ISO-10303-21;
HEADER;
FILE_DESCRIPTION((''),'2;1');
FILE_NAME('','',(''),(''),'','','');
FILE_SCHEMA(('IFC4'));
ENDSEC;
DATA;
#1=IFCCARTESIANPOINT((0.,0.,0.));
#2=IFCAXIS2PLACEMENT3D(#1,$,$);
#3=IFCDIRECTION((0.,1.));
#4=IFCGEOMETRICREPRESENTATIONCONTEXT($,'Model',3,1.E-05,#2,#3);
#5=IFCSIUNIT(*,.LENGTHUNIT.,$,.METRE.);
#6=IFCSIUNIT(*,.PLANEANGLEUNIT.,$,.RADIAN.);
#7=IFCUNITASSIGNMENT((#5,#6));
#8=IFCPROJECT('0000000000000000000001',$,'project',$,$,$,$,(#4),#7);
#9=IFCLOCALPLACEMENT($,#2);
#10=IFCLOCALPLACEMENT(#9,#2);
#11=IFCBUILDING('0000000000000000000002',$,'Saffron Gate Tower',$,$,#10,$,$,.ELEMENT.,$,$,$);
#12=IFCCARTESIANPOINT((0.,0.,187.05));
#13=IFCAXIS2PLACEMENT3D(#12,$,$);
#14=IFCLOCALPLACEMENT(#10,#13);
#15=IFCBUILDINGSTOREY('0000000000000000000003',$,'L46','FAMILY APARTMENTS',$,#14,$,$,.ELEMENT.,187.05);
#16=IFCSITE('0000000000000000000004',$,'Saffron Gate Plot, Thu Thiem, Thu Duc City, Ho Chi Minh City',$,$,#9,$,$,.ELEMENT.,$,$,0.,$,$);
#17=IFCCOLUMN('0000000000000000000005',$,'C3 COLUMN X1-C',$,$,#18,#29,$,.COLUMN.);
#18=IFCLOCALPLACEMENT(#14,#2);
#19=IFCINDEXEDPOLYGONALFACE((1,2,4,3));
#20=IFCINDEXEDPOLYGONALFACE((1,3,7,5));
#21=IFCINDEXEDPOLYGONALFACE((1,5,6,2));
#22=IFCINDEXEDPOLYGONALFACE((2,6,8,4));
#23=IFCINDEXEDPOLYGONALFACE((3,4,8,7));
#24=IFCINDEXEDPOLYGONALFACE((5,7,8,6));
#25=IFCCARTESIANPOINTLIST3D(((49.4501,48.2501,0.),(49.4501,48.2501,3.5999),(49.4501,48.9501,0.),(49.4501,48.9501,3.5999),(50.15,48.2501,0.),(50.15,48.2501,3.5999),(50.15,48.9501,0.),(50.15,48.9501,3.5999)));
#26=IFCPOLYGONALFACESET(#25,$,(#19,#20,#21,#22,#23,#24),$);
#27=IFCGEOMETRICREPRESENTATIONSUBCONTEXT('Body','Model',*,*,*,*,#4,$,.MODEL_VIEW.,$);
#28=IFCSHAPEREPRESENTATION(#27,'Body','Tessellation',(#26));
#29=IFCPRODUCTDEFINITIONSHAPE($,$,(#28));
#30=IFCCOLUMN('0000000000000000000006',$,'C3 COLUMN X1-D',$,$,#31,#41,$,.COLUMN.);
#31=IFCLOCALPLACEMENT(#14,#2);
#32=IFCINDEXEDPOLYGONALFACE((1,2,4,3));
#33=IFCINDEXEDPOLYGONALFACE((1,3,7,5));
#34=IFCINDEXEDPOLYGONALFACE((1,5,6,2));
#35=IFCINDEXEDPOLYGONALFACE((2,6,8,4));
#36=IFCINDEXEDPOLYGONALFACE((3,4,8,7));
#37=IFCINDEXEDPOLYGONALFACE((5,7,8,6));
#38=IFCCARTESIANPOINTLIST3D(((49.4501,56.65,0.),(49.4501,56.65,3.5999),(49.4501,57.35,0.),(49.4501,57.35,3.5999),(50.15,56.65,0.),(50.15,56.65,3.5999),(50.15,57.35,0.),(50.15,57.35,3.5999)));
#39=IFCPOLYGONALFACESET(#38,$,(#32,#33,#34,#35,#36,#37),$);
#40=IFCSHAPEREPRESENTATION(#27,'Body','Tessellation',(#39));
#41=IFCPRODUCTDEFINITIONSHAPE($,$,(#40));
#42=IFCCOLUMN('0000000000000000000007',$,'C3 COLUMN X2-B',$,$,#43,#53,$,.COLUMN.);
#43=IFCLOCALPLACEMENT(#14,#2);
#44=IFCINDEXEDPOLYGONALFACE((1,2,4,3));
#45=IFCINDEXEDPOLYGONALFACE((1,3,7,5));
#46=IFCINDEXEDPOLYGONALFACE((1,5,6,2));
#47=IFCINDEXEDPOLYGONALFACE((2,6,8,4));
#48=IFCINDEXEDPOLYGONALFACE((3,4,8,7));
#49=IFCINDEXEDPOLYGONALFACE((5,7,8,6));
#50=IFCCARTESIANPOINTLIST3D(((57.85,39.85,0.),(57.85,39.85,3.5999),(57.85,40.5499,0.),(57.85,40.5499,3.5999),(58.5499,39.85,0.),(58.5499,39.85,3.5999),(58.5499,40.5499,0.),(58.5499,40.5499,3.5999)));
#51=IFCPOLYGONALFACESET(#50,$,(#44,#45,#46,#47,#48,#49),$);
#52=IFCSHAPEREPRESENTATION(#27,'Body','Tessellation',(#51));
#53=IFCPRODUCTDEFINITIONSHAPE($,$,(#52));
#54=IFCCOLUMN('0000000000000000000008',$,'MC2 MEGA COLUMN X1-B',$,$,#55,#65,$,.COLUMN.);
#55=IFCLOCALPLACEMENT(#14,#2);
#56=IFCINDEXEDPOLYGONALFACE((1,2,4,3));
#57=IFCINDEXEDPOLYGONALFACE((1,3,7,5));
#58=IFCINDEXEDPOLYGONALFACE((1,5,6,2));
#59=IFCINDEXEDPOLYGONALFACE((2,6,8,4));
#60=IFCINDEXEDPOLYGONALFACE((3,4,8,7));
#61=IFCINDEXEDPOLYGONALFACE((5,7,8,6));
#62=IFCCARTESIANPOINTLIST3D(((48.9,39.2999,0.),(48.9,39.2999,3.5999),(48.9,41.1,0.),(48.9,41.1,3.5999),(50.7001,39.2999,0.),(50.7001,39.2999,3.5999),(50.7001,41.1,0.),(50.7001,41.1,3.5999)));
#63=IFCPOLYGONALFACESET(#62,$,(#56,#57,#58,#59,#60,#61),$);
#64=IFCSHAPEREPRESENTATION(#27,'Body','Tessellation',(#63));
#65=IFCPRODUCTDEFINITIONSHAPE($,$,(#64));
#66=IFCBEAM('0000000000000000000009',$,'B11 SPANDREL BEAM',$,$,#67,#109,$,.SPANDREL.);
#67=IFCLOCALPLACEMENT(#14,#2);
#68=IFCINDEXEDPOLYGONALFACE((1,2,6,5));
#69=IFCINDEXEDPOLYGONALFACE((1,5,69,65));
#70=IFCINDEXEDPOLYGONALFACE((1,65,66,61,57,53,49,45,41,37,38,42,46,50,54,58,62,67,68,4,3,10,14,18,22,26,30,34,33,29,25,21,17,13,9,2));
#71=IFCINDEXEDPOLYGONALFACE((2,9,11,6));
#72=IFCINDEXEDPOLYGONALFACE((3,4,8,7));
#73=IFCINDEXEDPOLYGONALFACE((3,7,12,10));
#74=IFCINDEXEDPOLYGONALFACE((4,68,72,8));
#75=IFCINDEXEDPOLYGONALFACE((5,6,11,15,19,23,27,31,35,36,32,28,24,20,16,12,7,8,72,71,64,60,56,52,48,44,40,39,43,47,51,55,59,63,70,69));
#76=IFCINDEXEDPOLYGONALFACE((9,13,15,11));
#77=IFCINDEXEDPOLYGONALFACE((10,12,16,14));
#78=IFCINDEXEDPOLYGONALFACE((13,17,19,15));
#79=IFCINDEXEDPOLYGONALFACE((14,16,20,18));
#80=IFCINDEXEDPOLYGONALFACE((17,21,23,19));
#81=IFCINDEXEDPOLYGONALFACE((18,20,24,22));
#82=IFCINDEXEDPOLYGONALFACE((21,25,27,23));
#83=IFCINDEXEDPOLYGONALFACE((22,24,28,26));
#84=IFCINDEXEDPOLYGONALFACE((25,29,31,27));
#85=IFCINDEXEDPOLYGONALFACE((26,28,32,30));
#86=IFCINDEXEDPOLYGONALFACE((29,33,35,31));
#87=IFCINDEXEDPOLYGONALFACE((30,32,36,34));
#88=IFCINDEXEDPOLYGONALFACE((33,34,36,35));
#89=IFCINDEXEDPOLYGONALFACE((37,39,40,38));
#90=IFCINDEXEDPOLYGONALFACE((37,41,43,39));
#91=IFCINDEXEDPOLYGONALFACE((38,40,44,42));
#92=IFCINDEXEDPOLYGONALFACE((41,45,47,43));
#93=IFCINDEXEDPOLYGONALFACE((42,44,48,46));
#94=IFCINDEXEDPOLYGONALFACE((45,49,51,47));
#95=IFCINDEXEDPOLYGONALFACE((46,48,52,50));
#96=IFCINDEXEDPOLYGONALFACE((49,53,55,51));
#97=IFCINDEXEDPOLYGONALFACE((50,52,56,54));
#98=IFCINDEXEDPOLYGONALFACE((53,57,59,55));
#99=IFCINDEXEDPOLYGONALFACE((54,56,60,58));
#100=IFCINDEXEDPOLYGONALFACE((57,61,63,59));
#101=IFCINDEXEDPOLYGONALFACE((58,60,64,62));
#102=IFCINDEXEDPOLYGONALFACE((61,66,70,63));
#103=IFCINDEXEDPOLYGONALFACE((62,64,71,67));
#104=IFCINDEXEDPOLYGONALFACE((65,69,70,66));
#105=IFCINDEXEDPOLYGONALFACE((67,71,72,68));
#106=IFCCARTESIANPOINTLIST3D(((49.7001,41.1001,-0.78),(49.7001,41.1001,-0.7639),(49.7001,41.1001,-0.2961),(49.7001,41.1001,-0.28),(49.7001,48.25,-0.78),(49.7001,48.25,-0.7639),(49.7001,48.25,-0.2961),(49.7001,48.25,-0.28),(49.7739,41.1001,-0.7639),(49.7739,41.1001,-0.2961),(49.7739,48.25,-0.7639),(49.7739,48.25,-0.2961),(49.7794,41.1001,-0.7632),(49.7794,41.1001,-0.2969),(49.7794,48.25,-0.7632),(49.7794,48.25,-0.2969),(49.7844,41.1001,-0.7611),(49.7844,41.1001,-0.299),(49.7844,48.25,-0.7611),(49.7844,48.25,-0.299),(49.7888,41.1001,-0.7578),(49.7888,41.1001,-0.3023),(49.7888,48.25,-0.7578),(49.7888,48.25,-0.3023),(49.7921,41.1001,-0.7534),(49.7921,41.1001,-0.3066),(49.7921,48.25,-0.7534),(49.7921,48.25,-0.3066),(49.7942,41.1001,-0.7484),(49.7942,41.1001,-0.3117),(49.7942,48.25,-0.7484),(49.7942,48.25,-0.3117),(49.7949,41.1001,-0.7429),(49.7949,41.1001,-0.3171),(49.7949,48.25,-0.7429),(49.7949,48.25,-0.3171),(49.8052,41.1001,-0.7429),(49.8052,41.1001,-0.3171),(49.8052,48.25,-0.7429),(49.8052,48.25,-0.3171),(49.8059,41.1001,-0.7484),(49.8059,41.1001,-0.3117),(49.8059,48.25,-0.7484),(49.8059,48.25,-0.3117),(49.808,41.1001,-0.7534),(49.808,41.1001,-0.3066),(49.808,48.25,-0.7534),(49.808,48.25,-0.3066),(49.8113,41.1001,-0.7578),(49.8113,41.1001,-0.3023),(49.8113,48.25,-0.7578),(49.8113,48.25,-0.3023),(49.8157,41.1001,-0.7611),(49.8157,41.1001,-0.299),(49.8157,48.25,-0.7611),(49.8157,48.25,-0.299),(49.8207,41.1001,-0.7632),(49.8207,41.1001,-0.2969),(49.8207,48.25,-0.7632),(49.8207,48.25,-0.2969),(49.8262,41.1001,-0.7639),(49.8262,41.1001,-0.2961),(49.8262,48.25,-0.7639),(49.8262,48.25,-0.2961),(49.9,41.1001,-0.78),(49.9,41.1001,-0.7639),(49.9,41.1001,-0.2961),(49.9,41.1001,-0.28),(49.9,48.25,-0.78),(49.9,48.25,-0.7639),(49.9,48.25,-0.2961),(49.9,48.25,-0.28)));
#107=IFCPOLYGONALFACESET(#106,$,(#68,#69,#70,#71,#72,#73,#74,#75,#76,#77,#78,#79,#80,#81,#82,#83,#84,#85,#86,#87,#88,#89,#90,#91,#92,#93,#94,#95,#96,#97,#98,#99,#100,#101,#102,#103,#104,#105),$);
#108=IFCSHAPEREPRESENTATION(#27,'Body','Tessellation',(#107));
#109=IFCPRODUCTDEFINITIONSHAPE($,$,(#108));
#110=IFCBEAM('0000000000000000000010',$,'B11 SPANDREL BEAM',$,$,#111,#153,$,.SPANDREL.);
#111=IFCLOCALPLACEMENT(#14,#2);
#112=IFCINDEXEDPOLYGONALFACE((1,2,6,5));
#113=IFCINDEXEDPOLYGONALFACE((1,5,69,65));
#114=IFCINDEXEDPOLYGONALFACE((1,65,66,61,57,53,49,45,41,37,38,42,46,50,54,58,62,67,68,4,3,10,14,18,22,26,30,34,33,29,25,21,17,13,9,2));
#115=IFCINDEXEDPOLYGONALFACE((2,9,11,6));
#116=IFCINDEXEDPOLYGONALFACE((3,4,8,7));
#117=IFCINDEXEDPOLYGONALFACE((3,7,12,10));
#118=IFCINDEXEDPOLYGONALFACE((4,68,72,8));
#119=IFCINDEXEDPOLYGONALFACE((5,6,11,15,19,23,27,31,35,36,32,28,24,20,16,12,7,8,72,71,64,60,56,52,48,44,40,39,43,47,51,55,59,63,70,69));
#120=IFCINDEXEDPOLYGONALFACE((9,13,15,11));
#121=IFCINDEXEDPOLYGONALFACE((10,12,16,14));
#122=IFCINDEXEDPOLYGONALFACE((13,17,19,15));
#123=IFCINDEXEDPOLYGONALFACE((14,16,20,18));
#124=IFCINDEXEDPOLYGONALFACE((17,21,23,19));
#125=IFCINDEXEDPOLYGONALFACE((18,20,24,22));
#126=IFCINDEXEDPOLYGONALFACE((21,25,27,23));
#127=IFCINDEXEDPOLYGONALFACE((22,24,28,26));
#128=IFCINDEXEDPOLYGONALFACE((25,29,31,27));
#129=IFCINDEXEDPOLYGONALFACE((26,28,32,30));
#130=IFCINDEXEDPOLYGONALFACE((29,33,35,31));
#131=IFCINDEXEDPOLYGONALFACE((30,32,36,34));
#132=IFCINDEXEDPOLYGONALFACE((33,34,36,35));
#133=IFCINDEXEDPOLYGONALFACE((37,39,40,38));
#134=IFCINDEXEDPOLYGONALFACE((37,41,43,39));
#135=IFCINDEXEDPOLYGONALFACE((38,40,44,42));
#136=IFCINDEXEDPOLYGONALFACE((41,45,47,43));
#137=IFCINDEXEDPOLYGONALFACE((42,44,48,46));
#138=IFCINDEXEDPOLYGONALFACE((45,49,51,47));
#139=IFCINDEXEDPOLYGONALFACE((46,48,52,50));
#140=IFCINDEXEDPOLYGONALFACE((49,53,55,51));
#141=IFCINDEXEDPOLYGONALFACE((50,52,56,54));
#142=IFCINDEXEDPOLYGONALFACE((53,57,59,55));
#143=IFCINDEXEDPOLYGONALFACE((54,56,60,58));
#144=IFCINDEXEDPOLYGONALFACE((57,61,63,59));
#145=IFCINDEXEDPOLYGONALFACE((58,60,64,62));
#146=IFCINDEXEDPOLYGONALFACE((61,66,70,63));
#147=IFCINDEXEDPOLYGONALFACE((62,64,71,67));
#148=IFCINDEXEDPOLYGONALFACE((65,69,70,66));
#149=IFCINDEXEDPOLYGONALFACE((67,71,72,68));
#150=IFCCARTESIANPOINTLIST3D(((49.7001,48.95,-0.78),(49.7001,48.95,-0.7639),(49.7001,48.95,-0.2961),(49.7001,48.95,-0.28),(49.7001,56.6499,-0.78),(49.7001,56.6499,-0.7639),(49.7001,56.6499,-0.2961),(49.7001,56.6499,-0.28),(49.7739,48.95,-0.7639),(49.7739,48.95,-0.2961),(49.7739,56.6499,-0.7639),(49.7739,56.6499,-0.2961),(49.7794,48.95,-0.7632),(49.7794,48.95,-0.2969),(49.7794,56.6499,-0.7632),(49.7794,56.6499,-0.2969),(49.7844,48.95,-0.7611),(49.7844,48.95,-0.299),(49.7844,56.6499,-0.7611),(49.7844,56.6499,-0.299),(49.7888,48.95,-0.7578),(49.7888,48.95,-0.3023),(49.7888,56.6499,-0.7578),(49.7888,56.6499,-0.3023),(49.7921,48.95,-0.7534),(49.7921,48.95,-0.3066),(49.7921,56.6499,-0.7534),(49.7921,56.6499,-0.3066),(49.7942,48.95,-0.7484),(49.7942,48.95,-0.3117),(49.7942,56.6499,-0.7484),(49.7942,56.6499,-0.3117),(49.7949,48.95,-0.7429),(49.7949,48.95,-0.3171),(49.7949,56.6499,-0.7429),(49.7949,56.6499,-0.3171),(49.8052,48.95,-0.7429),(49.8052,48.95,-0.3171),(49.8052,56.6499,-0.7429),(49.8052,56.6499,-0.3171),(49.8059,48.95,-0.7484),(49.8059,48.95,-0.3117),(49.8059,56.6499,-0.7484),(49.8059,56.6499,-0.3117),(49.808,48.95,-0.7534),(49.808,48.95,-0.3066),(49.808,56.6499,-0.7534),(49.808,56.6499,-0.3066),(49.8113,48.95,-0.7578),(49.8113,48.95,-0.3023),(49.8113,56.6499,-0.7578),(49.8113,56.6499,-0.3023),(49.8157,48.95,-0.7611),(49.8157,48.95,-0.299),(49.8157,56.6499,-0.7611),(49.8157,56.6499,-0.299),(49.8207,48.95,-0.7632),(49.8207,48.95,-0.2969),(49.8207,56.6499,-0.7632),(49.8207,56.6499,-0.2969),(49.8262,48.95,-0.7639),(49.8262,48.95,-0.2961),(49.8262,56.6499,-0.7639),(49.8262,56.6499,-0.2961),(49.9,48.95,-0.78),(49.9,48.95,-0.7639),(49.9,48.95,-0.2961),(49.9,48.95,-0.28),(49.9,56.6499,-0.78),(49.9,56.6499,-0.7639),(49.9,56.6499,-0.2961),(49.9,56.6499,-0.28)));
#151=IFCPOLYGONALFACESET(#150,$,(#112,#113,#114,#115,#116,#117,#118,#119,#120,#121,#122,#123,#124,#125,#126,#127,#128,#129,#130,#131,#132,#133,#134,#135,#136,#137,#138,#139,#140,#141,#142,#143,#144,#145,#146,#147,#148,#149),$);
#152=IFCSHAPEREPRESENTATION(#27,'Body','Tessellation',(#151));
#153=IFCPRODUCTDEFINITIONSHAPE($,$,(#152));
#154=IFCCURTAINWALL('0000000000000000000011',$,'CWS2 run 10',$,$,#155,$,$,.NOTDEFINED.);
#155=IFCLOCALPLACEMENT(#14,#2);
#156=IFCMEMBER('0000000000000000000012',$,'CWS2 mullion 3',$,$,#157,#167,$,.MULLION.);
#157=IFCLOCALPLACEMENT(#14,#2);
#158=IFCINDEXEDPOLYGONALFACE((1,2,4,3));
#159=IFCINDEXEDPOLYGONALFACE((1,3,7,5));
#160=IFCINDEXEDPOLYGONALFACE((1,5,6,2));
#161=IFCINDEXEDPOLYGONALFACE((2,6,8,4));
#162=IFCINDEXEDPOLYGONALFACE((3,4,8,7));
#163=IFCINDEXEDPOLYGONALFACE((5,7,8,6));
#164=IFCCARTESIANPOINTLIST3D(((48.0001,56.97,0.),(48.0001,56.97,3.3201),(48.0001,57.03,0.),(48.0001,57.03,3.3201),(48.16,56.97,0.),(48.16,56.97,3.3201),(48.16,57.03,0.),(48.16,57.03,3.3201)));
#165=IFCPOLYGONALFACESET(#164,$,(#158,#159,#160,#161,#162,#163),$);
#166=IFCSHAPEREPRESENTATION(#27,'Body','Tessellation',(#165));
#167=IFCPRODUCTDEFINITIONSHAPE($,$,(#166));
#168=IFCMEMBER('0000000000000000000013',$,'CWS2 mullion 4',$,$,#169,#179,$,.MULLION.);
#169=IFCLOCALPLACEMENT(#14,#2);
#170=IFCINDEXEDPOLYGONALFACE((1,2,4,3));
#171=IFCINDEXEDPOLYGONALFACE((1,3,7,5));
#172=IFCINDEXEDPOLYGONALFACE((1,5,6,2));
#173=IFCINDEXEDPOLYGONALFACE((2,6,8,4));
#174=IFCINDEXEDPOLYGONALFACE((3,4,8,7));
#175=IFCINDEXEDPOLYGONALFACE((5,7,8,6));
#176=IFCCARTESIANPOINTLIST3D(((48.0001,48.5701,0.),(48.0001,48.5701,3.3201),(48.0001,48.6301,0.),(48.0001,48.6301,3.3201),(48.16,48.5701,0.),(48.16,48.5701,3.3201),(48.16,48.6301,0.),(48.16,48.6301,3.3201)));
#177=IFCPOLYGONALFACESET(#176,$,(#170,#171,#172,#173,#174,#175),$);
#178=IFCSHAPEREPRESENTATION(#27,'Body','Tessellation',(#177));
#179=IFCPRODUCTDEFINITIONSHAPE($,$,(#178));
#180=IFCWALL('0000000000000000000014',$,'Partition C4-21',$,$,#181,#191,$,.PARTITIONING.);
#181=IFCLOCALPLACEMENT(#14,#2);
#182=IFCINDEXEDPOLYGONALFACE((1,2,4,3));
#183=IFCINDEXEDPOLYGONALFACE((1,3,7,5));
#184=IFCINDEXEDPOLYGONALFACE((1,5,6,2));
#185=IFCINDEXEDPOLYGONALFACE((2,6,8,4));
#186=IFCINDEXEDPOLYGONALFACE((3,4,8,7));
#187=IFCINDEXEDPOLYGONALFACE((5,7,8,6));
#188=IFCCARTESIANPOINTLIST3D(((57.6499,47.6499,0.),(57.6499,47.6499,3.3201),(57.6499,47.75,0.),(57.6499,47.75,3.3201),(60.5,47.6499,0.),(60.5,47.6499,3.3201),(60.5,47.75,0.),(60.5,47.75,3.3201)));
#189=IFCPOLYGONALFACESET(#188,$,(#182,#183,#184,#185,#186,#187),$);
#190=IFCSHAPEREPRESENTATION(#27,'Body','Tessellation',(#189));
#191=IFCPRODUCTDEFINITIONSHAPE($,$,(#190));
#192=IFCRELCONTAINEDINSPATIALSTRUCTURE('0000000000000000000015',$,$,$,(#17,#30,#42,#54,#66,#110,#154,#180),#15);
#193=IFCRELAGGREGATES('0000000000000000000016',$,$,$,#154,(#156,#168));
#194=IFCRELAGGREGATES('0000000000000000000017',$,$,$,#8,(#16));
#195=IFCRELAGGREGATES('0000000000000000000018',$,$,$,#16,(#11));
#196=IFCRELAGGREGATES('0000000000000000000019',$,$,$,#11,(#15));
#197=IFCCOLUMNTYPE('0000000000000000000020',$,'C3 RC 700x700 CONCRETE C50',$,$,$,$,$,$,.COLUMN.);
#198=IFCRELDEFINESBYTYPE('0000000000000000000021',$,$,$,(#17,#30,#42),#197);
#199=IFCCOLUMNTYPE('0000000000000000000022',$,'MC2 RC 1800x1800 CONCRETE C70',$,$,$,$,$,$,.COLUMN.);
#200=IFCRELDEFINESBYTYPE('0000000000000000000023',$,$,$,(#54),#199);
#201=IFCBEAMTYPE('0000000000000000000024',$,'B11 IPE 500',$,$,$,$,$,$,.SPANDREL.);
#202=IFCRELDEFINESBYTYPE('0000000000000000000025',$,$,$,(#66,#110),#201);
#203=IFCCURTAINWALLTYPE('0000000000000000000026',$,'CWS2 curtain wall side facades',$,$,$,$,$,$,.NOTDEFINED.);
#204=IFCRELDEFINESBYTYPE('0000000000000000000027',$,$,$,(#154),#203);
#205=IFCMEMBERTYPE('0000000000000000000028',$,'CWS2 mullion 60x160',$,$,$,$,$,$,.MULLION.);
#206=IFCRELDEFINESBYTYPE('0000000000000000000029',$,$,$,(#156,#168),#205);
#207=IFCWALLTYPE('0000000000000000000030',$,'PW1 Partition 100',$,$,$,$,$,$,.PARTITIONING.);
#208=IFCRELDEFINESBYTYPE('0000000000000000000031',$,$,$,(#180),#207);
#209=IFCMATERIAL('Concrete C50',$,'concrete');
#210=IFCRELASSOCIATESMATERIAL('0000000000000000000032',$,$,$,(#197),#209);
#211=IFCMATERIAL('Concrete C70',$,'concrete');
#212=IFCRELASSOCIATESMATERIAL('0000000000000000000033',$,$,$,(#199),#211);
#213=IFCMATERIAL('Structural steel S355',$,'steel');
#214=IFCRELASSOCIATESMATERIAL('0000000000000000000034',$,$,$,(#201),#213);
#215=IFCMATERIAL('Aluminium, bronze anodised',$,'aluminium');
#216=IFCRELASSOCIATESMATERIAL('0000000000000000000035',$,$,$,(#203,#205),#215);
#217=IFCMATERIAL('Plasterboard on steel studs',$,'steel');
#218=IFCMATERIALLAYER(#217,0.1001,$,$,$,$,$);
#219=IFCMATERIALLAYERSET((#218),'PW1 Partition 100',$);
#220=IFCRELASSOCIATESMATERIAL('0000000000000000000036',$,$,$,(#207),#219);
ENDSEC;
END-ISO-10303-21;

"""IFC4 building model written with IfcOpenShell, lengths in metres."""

from ifc_helpers import new_model, si_unit, direction, frame, frame_2d, origin, origin_2d, place, context, subcontext, project, spatial, rectangle, i_section, extrude, material, layer, layer_set, material_profile, profile_set, type_object, element, aggregate, save


model = new_model("IFC4")

# Units and contexts
model_context = context("Model", 3, precision=1e-05, world=origin(), true_north=direction((0.0, 1.0)))
body_context = subcontext(model_context, "Body", "Model", "MODEL_VIEW")
ifc_project = project(units=[si_unit("LENGTHUNIT", "METRE"), si_unit("PLANEANGLEUNIT", "RADIAN")], contexts=[model_context])

# Site, building, storey
site_placement = place(None, origin())
site = spatial("IfcSite", under=ifc_project, at=site_placement, Name="Saffron Gate Plot, Thu Thiem, Thu Duc City, Ho Chi Minh City", CompositionType="ELEMENT", RefElevation=0.0)
building_placement = place(site_placement, origin())
building = spatial("IfcBuilding", under=site, at=building_placement, Name="Saffron Gate Tower", CompositionType="ELEMENT")
storey_placement = place(building_placement, frame((0.0, 0.0, 187.05)))
storey = spatial("IfcBuildingStorey", under=building, at=storey_placement, Name="L46", Description="FAMILY APARTMENTS", CompositionType="ELEMENT", Elevation=187.05)

# Columns
ifc_material_1 = material(Name="Concrete C50", Category="concrete")
ifc_material_profile_1 = material_profile(ifc_material_1, rectangle(XDim=0.7, YDim=0.7, at=origin_2d()))
ifc_profile_set_1 = profile_set([ifc_material_profile_1], Name="Concrete C50")
column_type_1 = type_object("IfcColumnType", Name="C3 RC 700x700 CONCRETE C50", PredefinedType="COLUMN", material=ifc_profile_set_1)
for number, where, z_axis, x_axis, name in (
    (1, (49.8, 48.6001, 0.0), (0.0, 0.0, 1.0), (1.0, 0.0, 0.0), "C3 COLUMN X1-C"),
    (2, (49.8, 57.0, 0.0), (0.0, 0.0, 1.0), (1.0, 0.0, 0.0), "C3 COLUMN X1-D"),
    (3, (58.2, 40.2, 0.0), (0.0, 0.0, 1.0), (1.0, 0.0, 0.0), "C3 COLUMN X2-B"),
):
    element("IfcColumn", number, at=place(storey_placement, frame(where, z_axis=z_axis, x_axis=x_axis)), inside=storey, type_object=column_type_1, Name=name, PredefinedType="COLUMN", context=body_context, shape_type="SweptSolid", body=[
        extrude(rectangle(XDim=0.7, YDim=0.7, at=origin_2d()), origin(), (0.0, 0.0, 1.0), 3.5999),
    ])
ifc_material_2 = material(Name="Concrete C70", Category="concrete")
ifc_material_profile_2 = material_profile(ifc_material_2, rectangle(XDim=1.8, YDim=1.8, at=origin_2d()))
ifc_profile_set_2 = profile_set([ifc_material_profile_2], Name="Concrete C70")
column_type_2 = type_object("IfcColumnType", Name="MC2 RC 1800x1800 CONCRETE C70", PredefinedType="COLUMN", material=ifc_profile_set_2)
column_placement = place(storey_placement, frame((49.8, 40.2, 0.0), z_axis=(0.0, 0.0, 1.0), x_axis=(1.0, 0.0, 0.0)))
element("IfcColumn", 4, at=column_placement, inside=storey, type_object=column_type_2, Name="MC2 MEGA COLUMN X1-B", PredefinedType="COLUMN", context=body_context, shape_type="SweptSolid", body=[
    extrude(rectangle(XDim=1.8, YDim=1.8, at=origin_2d()), origin(), (0.0, 0.0, 1.0), 3.5999),
])

# Beams
ifc_material_3 = material(Name="Structural steel S355", Category="steel")
ifc_material_profile_3 = material_profile(ifc_material_3, i_section(OverallWidth=0.2, OverallDepth=0.5, WebThickness=0.0103, FlangeThickness=0.0161, FilletRadius=0.021, at=origin_2d()))
ifc_profile_set_3 = profile_set([ifc_material_profile_3], Name="Structural steel S355")
beam_type = type_object("IfcBeamType", Name="B11 IPE 500", PredefinedType="SPANDREL", material=ifc_profile_set_3)
beam_1_placement = place(storey_placement, frame((49.8, 41.1001, -0.53), z_axis=(0.0, 1.0, 0.0), x_axis=(-1.0, 0.0, 0.0)))
element("IfcBeam", 5, at=beam_1_placement, inside=storey, type_object=beam_type, Name="B11 SPANDREL BEAM", PredefinedType="SPANDREL", context=body_context, shape_type="SweptSolid", body=[
    extrude(i_section(OverallWidth=0.2, OverallDepth=0.5, WebThickness=0.0103, FlangeThickness=0.0161, FilletRadius=0.021, at=origin_2d()), origin(), (0.0, 0.0, 1.0), 7.1499),
])
beam_2_placement = place(storey_placement, frame((49.8, 48.95, -0.53), z_axis=(0.0, 1.0, 0.0), x_axis=(-1.0, 0.0, 0.0)))
element("IfcBeam", 6, at=beam_2_placement, inside=storey, type_object=beam_type, Name="B11 SPANDREL BEAM", PredefinedType="SPANDREL", context=body_context, shape_type="SweptSolid", body=[
    extrude(i_section(OverallWidth=0.2, OverallDepth=0.5, WebThickness=0.0103, FlangeThickness=0.0161, FilletRadius=0.021, at=origin_2d()), origin(), (0.0, 0.0, 1.0), 7.7),
])

# Curtain wall, members
ifc_material_4 = material(Name="Aluminium, bronze anodised", Category="aluminium")
curtain_wall_type = type_object("IfcCurtainWallType", Name="CWS2 curtain wall side facades", PredefinedType="NOTDEFINED", material=ifc_material_4)
curtain_wall_placement = place(storey_placement, origin())
curtain_wall = element("IfcCurtainWall", 7, at=curtain_wall_placement, inside=storey, type_object=curtain_wall_type, Name="CWS2 run 10", PredefinedType="NOTDEFINED")
ifc_material_profile_4 = material_profile(ifc_material_4, rectangle(XDim=0.1599, YDim=0.0601, at=origin_2d()))
ifc_profile_set_4 = profile_set([ifc_material_profile_4], Name="Aluminium, bronze anodised")
member_type = type_object("IfcMemberType", Name="CWS2 mullion 60x160", PredefinedType="MULLION", material=ifc_profile_set_4)
member_1_placement = place(storey_placement, frame((48.0801, 57.0, 0.0), z_axis=(0.0, 0.0, 1.0), x_axis=(1.0, 0.0, 0.0)))
member_1 = element("IfcMember", 8, at=member_1_placement, type_object=member_type, Name="CWS2 mullion 3", PredefinedType="MULLION", context=body_context, shape_type="SweptSolid", body=[
    extrude(rectangle(XDim=0.1599, YDim=0.0601, at=origin_2d()), origin(), (0.0, 0.0, 1.0), 3.3201),
])
member_2_placement = place(storey_placement, frame((48.0801, 48.6001, 0.0), z_axis=(0.0, 0.0, 1.0), x_axis=(1.0, 0.0, 0.0)))
member_2 = element("IfcMember", 9, at=member_2_placement, type_object=member_type, Name="CWS2 mullion 4", PredefinedType="MULLION", context=body_context, shape_type="SweptSolid", body=[
    extrude(rectangle(XDim=0.1599, YDim=0.0601, at=origin_2d()), origin(), (0.0, 0.0, 1.0), 3.3201),
])
aggregate(curtain_wall, [member_1, member_2])

# Wall
ifc_material_5 = material(Name="Plasterboard on steel studs", Category="steel")
ifc_layer_1 = layer(ifc_material_5, 0.1001)
ifc_layer_set_1 = layer_set([ifc_layer_1], Name="PW1 Partition 100")
wall_type_1 = type_object("IfcWallType", Name="PW1 Partition 100", PredefinedType="PARTITIONING", material=ifc_layer_set_1)
wall_1_placement = place(storey_placement, frame((57.6499, 47.7, 0.0), z_axis=(0.0, 0.0, 1.0), x_axis=(1.0, 0.0, 0.0)))
element("IfcWall", 10, at=wall_1_placement, inside=storey, type_object=wall_type_1, Name="Partition C4-21", PredefinedType="PARTITIONING", context=body_context, shape_type="SweptSolid", body=[
    extrude(rectangle(XDim=2.8501, YDim=0.1001, at=frame_2d((1.425, 0.0))), origin(), (0.0, 0.0, 1.0), 3.3201),
])

save(model, "model.ifc")
